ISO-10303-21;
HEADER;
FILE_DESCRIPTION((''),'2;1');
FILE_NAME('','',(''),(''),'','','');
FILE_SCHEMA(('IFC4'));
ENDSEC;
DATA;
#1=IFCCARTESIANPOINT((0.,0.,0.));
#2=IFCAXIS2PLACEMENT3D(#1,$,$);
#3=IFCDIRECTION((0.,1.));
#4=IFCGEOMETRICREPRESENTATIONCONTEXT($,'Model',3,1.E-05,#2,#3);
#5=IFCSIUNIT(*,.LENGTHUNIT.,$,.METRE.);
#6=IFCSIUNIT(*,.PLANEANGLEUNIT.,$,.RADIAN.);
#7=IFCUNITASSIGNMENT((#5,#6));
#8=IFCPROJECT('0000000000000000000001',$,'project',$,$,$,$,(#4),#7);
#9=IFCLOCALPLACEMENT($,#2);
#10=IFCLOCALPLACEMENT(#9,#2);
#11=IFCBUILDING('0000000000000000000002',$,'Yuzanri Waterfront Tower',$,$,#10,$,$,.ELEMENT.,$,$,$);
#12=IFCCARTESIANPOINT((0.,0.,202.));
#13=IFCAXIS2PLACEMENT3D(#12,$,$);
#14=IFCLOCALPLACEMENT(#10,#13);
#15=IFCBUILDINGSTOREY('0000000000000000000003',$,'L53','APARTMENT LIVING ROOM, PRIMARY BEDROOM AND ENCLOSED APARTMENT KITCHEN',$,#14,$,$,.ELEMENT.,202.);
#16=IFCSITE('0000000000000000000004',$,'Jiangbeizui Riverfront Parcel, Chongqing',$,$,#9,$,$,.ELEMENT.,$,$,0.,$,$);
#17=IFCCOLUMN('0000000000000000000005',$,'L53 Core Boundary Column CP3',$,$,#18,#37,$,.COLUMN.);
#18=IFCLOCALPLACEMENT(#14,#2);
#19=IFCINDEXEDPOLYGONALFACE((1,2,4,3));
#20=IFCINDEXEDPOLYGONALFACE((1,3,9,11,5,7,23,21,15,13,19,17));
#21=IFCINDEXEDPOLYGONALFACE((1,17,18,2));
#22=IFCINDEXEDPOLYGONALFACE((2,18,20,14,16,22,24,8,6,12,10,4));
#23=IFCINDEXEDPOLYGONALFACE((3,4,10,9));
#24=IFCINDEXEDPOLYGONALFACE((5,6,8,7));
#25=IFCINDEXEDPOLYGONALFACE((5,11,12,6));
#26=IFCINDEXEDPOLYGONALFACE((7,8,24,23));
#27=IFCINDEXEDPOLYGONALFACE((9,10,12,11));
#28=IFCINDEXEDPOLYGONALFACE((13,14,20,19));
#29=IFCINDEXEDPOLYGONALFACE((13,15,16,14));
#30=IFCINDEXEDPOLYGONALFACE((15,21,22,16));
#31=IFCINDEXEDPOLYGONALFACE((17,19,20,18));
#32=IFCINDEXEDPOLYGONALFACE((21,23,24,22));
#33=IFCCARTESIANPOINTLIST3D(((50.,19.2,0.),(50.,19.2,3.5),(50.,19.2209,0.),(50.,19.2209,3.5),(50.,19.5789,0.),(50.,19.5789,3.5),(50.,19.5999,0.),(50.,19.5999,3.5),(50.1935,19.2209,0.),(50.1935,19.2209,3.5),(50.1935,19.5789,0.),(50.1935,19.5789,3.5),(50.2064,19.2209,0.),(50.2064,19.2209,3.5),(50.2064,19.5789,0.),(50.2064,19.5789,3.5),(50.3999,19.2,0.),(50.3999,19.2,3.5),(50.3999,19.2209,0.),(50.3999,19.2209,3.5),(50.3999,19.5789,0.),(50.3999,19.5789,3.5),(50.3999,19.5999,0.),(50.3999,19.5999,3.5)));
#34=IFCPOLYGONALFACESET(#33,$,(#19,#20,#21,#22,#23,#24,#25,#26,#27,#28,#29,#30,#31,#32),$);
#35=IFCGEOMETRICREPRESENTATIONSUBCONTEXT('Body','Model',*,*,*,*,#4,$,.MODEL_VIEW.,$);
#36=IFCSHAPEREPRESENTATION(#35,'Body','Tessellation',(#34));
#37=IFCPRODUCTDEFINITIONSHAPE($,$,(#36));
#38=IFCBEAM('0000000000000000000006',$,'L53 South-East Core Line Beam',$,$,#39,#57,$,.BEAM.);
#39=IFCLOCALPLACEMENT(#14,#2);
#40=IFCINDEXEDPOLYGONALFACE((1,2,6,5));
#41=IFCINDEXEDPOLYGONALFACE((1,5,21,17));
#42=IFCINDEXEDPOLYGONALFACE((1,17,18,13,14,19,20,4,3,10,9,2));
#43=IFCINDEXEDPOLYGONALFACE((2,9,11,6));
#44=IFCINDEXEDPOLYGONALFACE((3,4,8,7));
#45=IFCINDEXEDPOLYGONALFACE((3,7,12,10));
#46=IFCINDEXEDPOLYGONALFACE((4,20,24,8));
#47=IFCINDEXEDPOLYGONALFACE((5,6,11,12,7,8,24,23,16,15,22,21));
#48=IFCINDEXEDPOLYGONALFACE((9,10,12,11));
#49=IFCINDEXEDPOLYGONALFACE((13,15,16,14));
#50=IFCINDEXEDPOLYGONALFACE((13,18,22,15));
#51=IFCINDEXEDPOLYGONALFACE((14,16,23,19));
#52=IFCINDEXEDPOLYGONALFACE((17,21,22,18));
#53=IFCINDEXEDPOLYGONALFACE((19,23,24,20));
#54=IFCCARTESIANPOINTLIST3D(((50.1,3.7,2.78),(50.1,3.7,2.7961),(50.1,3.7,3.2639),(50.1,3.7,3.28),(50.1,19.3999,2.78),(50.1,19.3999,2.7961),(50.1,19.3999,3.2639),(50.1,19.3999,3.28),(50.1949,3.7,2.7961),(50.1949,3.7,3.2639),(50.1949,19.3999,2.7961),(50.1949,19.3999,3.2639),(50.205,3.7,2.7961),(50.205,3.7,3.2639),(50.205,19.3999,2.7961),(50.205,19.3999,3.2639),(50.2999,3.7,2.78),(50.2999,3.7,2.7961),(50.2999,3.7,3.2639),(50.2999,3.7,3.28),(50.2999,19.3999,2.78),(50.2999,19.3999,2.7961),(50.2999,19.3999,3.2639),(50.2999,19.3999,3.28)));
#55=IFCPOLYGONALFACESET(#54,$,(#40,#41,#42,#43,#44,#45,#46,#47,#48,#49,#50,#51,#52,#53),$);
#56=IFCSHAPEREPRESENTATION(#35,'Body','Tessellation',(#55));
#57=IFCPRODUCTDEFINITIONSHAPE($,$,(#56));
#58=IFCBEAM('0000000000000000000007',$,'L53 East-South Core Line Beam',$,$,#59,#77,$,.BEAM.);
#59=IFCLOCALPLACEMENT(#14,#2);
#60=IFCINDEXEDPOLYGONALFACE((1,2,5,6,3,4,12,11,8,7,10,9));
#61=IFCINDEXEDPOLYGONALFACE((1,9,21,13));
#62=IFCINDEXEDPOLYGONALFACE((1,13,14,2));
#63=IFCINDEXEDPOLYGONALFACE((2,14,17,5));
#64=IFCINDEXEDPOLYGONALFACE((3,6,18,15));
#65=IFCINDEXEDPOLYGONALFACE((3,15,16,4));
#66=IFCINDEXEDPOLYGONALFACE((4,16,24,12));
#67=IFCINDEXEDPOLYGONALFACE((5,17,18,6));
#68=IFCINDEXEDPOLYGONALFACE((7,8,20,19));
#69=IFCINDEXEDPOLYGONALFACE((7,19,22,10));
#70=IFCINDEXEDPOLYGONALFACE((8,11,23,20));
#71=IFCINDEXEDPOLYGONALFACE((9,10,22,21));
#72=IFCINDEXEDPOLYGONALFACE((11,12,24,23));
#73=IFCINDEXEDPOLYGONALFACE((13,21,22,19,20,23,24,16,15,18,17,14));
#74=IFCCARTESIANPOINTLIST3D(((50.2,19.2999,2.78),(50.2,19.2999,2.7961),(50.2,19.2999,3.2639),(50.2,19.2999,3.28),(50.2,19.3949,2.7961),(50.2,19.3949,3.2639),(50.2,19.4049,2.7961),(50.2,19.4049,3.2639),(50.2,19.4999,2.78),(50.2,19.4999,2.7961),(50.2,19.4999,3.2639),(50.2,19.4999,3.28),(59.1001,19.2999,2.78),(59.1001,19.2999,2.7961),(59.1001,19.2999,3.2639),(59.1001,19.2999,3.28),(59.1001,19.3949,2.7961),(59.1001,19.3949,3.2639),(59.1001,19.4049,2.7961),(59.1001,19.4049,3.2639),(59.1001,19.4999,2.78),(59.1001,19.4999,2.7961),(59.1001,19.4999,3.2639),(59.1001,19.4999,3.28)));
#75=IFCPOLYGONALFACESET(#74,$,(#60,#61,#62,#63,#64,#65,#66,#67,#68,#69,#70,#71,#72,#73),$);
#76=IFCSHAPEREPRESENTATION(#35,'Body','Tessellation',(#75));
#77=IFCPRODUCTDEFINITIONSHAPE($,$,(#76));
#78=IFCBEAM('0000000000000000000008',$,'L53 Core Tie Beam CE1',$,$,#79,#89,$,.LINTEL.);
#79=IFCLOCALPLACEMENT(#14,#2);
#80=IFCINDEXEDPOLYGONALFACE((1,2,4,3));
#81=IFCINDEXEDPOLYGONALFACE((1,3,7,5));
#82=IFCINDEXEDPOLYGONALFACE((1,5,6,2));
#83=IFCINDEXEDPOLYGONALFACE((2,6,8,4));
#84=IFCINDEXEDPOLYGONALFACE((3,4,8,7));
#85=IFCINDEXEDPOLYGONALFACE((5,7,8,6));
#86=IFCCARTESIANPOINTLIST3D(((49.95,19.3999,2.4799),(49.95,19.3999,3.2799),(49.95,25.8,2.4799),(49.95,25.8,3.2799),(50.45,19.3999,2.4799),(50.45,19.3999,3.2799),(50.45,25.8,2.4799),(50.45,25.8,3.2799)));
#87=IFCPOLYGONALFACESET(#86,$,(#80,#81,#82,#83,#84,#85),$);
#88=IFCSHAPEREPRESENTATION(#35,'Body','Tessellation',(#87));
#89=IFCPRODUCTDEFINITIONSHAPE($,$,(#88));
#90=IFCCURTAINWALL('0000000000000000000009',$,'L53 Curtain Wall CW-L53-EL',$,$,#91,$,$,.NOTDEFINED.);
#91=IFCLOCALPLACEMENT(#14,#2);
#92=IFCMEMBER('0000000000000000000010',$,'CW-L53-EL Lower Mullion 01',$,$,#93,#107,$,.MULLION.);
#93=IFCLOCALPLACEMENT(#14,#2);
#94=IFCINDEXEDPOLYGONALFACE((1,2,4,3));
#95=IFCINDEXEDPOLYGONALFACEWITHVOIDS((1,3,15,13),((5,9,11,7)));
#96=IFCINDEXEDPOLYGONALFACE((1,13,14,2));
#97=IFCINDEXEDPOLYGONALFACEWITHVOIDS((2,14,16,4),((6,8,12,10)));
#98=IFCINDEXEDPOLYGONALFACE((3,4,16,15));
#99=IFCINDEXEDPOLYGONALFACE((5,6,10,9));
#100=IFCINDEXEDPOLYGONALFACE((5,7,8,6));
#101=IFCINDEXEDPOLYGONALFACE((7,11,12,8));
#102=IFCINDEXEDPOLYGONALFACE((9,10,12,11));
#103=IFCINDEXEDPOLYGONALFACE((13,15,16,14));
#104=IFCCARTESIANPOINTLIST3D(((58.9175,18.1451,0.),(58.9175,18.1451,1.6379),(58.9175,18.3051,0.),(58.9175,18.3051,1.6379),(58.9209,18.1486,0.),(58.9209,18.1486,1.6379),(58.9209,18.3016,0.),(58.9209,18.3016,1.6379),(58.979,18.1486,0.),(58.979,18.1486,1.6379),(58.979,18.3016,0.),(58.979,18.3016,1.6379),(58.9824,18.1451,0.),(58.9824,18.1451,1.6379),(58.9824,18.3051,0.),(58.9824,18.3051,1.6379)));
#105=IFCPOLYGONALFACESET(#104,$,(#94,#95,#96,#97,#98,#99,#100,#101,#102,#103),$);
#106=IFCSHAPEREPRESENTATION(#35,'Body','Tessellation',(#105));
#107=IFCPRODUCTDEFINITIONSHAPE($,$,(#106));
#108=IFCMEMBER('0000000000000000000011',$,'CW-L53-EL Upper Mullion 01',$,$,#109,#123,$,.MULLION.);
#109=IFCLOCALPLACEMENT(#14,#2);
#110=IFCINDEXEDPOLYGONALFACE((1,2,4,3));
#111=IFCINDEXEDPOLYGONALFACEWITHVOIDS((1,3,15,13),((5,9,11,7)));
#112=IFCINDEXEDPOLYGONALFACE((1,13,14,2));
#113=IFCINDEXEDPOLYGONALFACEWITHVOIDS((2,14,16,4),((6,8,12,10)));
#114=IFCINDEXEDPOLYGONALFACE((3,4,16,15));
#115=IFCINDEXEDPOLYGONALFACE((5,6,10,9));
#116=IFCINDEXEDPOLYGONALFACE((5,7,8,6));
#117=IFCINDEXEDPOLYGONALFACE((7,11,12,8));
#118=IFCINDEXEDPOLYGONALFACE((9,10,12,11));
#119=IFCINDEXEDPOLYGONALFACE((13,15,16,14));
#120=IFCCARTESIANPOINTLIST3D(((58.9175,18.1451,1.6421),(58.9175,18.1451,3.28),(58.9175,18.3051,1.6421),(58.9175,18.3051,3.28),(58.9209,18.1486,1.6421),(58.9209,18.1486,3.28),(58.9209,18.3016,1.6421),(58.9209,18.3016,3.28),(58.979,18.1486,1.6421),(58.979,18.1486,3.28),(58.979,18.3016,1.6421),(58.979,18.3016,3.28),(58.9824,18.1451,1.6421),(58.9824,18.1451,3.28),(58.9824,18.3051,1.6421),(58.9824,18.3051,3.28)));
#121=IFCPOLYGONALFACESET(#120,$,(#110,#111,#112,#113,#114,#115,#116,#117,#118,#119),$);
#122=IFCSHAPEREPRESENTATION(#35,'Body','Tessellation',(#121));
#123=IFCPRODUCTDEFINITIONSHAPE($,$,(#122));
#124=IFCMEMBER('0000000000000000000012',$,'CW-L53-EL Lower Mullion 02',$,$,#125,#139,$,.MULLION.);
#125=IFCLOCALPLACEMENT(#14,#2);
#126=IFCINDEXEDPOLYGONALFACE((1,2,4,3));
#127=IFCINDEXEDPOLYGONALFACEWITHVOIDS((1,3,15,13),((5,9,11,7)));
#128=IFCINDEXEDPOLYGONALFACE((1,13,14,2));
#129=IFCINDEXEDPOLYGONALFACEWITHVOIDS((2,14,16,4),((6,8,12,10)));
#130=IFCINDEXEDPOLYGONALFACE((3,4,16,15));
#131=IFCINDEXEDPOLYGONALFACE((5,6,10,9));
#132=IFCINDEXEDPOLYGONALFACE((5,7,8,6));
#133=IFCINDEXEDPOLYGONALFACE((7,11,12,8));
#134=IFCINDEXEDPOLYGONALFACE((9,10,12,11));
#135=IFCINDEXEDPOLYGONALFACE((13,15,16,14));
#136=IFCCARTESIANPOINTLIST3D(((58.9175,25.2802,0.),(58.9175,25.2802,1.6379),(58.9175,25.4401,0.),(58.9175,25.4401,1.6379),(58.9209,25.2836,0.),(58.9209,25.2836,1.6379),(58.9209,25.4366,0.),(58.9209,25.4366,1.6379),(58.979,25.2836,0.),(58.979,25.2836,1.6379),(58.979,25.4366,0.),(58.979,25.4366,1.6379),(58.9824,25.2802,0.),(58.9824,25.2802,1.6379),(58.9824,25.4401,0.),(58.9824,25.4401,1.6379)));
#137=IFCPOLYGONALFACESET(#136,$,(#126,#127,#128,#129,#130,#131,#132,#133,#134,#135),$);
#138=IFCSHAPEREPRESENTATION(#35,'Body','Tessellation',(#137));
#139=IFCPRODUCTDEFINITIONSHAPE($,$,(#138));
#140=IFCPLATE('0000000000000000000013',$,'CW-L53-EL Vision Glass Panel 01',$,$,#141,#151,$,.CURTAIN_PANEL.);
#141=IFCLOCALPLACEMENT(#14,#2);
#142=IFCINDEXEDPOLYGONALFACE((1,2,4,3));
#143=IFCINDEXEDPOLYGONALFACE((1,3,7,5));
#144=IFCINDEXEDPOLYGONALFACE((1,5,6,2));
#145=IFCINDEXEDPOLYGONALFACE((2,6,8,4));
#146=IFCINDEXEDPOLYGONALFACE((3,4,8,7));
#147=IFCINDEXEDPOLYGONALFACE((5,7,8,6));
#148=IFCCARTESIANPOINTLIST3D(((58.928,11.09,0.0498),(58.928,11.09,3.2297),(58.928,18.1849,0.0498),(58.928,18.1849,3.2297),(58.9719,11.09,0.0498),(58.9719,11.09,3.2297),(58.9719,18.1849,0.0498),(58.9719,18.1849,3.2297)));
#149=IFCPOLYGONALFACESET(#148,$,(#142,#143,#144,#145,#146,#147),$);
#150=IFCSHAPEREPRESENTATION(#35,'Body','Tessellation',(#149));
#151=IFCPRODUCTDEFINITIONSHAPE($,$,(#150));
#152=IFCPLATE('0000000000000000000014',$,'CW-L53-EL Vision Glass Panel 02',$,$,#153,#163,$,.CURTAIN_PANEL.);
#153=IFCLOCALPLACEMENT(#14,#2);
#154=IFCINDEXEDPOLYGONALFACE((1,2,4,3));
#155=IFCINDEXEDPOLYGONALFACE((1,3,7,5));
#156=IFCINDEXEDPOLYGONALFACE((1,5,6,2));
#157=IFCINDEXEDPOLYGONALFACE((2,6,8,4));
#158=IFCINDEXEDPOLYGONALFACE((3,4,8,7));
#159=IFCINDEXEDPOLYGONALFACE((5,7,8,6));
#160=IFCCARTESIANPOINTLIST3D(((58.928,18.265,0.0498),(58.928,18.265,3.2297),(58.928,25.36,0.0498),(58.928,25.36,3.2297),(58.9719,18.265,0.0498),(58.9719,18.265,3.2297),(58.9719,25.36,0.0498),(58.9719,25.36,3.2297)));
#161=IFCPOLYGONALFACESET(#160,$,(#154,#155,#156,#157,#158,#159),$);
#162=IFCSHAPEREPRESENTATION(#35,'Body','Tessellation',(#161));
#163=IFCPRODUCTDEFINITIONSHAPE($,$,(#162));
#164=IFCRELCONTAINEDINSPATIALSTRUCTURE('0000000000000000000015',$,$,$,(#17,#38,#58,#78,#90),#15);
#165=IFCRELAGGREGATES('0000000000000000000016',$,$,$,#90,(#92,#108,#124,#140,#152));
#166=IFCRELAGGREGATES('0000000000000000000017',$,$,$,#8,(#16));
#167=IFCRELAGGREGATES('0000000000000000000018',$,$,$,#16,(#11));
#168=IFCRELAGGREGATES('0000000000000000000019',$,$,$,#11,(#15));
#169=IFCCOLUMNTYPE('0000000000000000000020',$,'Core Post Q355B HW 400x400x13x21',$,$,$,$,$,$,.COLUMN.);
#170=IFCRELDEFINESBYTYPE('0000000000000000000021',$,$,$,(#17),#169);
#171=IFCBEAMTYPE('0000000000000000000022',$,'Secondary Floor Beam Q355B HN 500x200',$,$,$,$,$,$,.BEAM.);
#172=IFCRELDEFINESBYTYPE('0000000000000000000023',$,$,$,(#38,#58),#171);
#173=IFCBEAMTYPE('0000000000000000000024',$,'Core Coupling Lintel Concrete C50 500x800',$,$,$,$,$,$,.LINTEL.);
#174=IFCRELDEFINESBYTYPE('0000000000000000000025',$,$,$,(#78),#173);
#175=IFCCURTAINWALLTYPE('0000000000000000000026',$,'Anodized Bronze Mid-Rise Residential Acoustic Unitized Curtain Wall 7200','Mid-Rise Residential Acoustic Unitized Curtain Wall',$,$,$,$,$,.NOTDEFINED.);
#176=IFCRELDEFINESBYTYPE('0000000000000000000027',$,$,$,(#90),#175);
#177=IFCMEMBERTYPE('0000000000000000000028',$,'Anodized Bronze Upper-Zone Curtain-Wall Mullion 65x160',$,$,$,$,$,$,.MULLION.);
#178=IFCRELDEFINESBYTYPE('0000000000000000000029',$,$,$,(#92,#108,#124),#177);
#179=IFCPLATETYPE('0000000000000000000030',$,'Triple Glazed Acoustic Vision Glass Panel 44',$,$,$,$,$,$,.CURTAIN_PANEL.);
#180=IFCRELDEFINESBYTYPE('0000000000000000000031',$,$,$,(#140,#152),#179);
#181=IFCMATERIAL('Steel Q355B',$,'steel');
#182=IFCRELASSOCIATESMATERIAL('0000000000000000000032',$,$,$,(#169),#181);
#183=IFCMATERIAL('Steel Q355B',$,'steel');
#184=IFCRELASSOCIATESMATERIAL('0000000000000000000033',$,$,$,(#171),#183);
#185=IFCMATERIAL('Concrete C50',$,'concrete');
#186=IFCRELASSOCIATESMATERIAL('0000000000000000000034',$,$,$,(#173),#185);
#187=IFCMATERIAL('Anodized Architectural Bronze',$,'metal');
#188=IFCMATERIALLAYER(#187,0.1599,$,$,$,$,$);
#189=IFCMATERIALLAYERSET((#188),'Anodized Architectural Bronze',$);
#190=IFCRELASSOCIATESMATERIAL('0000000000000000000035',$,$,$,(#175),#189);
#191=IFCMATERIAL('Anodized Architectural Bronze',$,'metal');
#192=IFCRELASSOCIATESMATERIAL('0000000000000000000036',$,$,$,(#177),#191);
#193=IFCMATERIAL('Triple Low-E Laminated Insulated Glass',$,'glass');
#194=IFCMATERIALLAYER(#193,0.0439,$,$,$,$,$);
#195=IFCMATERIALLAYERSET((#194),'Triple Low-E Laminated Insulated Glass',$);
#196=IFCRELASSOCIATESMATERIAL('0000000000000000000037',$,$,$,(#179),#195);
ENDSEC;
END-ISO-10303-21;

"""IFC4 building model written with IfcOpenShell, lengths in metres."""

from ifc_helpers import new_model, si_unit, direction, frame, origin, origin_2d, place, context, subcontext, project, spatial, rectangle, hollow_rectangle, i_section, extrude, source, transform, mapped, material, layer, layer_set, material_profile, profile_set, type_object, element, aggregate, save


model = new_model("IFC4")

# Units and contexts
model_context = context("Model", 3, precision=1e-05, world=origin(), true_north=direction((0.0, 1.0)))
body_context = subcontext(model_context, "Body", "Model", "MODEL_VIEW")
ifc_project = project(units=[si_unit("LENGTHUNIT", "METRE"), si_unit("PLANEANGLEUNIT", "RADIAN")], contexts=[model_context])

# Site, building, storey
site_placement = place(None, origin())
site = spatial("IfcSite", under=ifc_project, at=site_placement, Name="Jiangbeizui Riverfront Parcel, Chongqing", CompositionType="ELEMENT", RefElevation=0.0)
building_placement = place(site_placement, origin())
building = spatial("IfcBuilding", under=site, at=building_placement, Name="Yuzanri Waterfront Tower", CompositionType="ELEMENT")
storey_placement = place(building_placement, frame((0.0, 0.0, 202.0)))
storey = spatial("IfcBuildingStorey", under=building, at=storey_placement, Name="L53", Description="APARTMENT LIVING ROOM, PRIMARY BEDROOM AND ENCLOSED APARTMENT KITCHEN", CompositionType="ELEMENT", Elevation=202.0)

# Column
ifc_material_1 = material(Name="Steel Q355B", Category="steel")
ifc_material_profile_1 = material_profile(ifc_material_1, i_section(OverallWidth=0.3999, OverallDepth=0.3999, WebThickness=0.0129, FlangeThickness=0.021, at=origin_2d()), Name="HW 400x400x13x21")
ifc_profile_set_1 = profile_set([ifc_material_profile_1], Name="Steel Q355B")
column_type = type_object("IfcColumnType", Name="Core Post Q355B HW 400x400x13x21", PredefinedType="COLUMN", material=ifc_profile_set_1)
shared_shape_1 = source(origin(), body_context, "Body", "SweptSolid", [
    extrude(i_section(OverallWidth=0.3999, OverallDepth=0.3999, WebThickness=0.0129, FlangeThickness=0.021, at=origin_2d()), origin(), (0.0, 0.0, 1.0), 3.5),
])
column_placement = place(storey_placement, frame((50.2, 19.3999, 0.0), z_axis=(0.0, 0.0, 1.0), x_axis=(1.0, 0.0, 0.0)))
element("IfcColumn", 1, at=column_placement, inside=storey, type_object=column_type, Name="L53 Core Boundary Column CP3", PredefinedType="COLUMN", context=body_context, shape_type="MappedRepresentation", body=[
    mapped(shared_shape_1, transform((0.0, 0.0, 0.0), scale=1.0)),
])

# Beams
ifc_material_2 = material(Name="Steel Q355B", Category="steel")
ifc_material_profile_2 = material_profile(ifc_material_2, i_section(OverallWidth=0.2, OverallDepth=0.5, WebThickness=0.01, FlangeThickness=0.0161, at=origin_2d()), Name="HN 500x200x10x16")
ifc_profile_set_2 = profile_set([ifc_material_profile_2], Name="Steel Q355B")
beam_type_1 = type_object("IfcBeamType", Name="Secondary Floor Beam Q355B HN 500x200", PredefinedType="BEAM", material=ifc_profile_set_2)
shared_shape_2 = source(origin(), body_context, "Body", "SweptSolid", [
    extrude(i_section(OverallWidth=0.2, OverallDepth=0.5, WebThickness=0.01, FlangeThickness=0.0161, at=origin_2d()), origin(), (0.0, 0.0, 1.0), 15.7),
])
beam_1_placement = place(storey_placement, frame((50.2, 19.3999, 3.03), z_axis=(0.0, -1.0, 0.0), x_axis=(1.0, 0.0, 0.0)))
element("IfcBeam", 2, at=beam_1_placement, inside=storey, type_object=beam_type_1, Name="L53 South-East Core Line Beam", PredefinedType="BEAM", context=body_context, shape_type="MappedRepresentation", body=[
    mapped(shared_shape_2, transform((0.0, 0.0, 0.0), scale=1.0)),
])
shared_shape_3 = source(origin(), body_context, "Body", "SweptSolid", [
    extrude(i_section(OverallWidth=0.2, OverallDepth=0.5, WebThickness=0.01, FlangeThickness=0.0161, at=origin_2d()), origin(), (0.0, 0.0, 1.0), 8.9001),
])
beam_2_placement = place(storey_placement, frame((50.2, 19.3999, 3.03), z_axis=(1.0, 0.0, 0.0), x_axis=(0.0, 1.0, 0.0)))
element("IfcBeam", 3, at=beam_2_placement, inside=storey, type_object=beam_type_1, Name="L53 East-South Core Line Beam", PredefinedType="BEAM", context=body_context, shape_type="MappedRepresentation", body=[
    mapped(shared_shape_3, transform((0.0, 0.0, 0.0), scale=1.0)),
])
ifc_material_3 = material(Name="Concrete C50", Category="concrete")
ifc_material_profile_3 = material_profile(ifc_material_3, rectangle(XDim=0.5, YDim=0.8, at=origin_2d()), Name="RC 500x800")
ifc_profile_set_3 = profile_set([ifc_material_profile_3], Name="Concrete C50")
beam_type_2 = type_object("IfcBeamType", Name="Core Coupling Lintel Concrete C50 500x800", PredefinedType="LINTEL", material=ifc_profile_set_3)
shared_shape_4 = source(origin(), body_context, "Body", "SweptSolid", [
    extrude(rectangle(XDim=0.5, YDim=0.8, at=origin_2d()), origin(), (0.0, 0.0, 1.0), 6.4001),
])
beam_3_placement = place(storey_placement, frame((50.2, 19.3999, 2.8799), z_axis=(0.0, 1.0, 0.0), x_axis=(-1.0, 0.0, 0.0)))
element("IfcBeam", 4, at=beam_3_placement, inside=storey, type_object=beam_type_2, Name="L53 Core Tie Beam CE1", PredefinedType="LINTEL", context=body_context, shape_type="MappedRepresentation", body=[
    mapped(shared_shape_4, transform((0.0, 0.0, 0.0), scale=1.0)),
])

# Curtain wall, members, plates
ifc_material_4 = material(Name="Anodized Architectural Bronze", Category="metal")
ifc_layer_1 = layer(ifc_material_4, 0.1599)
ifc_layer_set_1 = layer_set([ifc_layer_1], Name="Anodized Architectural Bronze")
curtain_wall_type = type_object("IfcCurtainWallType", Name="Anodized Bronze Mid-Rise Residential Acoustic Unitized Curtain Wall 7200", Description="Mid-Rise Residential Acoustic Unitized Curtain Wall", PredefinedType="NOTDEFINED", material=ifc_layer_set_1)
curtain_wall_placement = place(storey_placement, origin())
curtain_wall = element("IfcCurtainWall", 5, at=curtain_wall_placement, inside=storey, type_object=curtain_wall_type, Name="L53 Curtain Wall CW-L53-EL", PredefinedType="NOTDEFINED")
ifc_material_5 = material(Name="Anodized Architectural Bronze", Category="metal")
ifc_material_profile_4 = material_profile(ifc_material_5, hollow_rectangle(XDim=0.0649, YDim=0.1599, WallThickness=0.0034, at=origin_2d()), Name="CWM 65x160")
ifc_profile_set_4 = profile_set([ifc_material_profile_4], Name="Anodized Architectural Bronze")
member_type = type_object("IfcMemberType", Name="Anodized Bronze Upper-Zone Curtain-Wall Mullion 65x160", PredefinedType="MULLION", material=ifc_profile_set_4)
shared_shape_5 = source(origin(), body_context, "Body", "SweptSolid", [
    extrude(hollow_rectangle(XDim=0.0649, YDim=0.1599, WallThickness=0.0034, at=origin_2d()), origin(), (0.0, 0.0, 1.0), 1.6379),
])
member_1_placement = place(storey_placement, frame((58.95, 18.2251, 0.0), z_axis=(0.0, 0.0, 1.0), x_axis=(1.0, 0.0, 0.0)))
member_1 = element("IfcMember", 6, at=member_1_placement, type_object=member_type, Name="CW-L53-EL Lower Mullion 01", PredefinedType="MULLION", context=body_context, shape_type="MappedRepresentation", body=[
    mapped(shared_shape_5, transform((0.0, 0.0, 0.0), scale=1.0)),
])
member_2_placement = place(storey_placement, frame((58.95, 18.2251, 1.6421), z_axis=(0.0, 0.0, 1.0), x_axis=(1.0, 0.0, 0.0)))
member_2 = element("IfcMember", 7, at=member_2_placement, type_object=member_type, Name="CW-L53-EL Upper Mullion 01", PredefinedType="MULLION", context=body_context, shape_type="MappedRepresentation", body=[
    mapped(shared_shape_5, transform((0.0, 0.0, 0.0), scale=1.0)),
])
member_3_placement = place(storey_placement, frame((58.95, 25.3601, 0.0), z_axis=(0.0, 0.0, 1.0), x_axis=(1.0, 0.0, 0.0)))
member_3 = element("IfcMember", 8, at=member_3_placement, type_object=member_type, Name="CW-L53-EL Lower Mullion 02", PredefinedType="MULLION", context=body_context, shape_type="MappedRepresentation", body=[
    mapped(shared_shape_5, transform((0.0, 0.0, 0.0), scale=1.0)),
])
ifc_material_6 = material(Name="Triple Low-E Laminated Insulated Glass", Category="glass")
ifc_layer_2 = layer(ifc_material_6, 0.0439)
ifc_layer_set_2 = layer_set([ifc_layer_2], Name="Triple Low-E Laminated Insulated Glass")
plate_type = type_object("IfcPlateType", Name="Triple Glazed Acoustic Vision Glass Panel 44", PredefinedType="CURTAIN_PANEL", material=ifc_layer_set_2)
shared_shape_6 = source(origin(), body_context, "Body", "SweptSolid", [
    extrude(rectangle(XDim=7.095, YDim=0.0439, at=origin_2d()), origin(), (0.0, 0.0, 1.0), 3.1799),
])
plate_1_placement = place(storey_placement, frame((58.95, 14.6375, 0.0498), z_axis=(0.0, 0.0, 1.0), x_axis=(0.0, 1.0, 0.0)))
plate_1 = element("IfcPlate", 9, at=plate_1_placement, type_object=plate_type, Name="CW-L53-EL Vision Glass Panel 01", PredefinedType="CURTAIN_PANEL", context=body_context, shape_type="MappedRepresentation", body=[
    mapped(shared_shape_6, transform((0.0, 0.0, 0.0), scale=1.0)),
])
plate_2_placement = place(storey_placement, frame((58.95, 21.8125, 0.0498), z_axis=(0.0, 0.0, 1.0), x_axis=(0.0, 1.0, 0.0)))
plate_2 = element("IfcPlate", 10, at=plate_2_placement, type_object=plate_type, Name="CW-L53-EL Vision Glass Panel 02", PredefinedType="CURTAIN_PANEL", context=body_context, shape_type="MappedRepresentation", body=[
    mapped(shared_shape_6, transform((0.0, 0.0, 0.0), scale=1.0)),
])
aggregate(curtain_wall, [member_1, member_2, member_3, plate_1, plate_2])

save(model, "model.ifc")
